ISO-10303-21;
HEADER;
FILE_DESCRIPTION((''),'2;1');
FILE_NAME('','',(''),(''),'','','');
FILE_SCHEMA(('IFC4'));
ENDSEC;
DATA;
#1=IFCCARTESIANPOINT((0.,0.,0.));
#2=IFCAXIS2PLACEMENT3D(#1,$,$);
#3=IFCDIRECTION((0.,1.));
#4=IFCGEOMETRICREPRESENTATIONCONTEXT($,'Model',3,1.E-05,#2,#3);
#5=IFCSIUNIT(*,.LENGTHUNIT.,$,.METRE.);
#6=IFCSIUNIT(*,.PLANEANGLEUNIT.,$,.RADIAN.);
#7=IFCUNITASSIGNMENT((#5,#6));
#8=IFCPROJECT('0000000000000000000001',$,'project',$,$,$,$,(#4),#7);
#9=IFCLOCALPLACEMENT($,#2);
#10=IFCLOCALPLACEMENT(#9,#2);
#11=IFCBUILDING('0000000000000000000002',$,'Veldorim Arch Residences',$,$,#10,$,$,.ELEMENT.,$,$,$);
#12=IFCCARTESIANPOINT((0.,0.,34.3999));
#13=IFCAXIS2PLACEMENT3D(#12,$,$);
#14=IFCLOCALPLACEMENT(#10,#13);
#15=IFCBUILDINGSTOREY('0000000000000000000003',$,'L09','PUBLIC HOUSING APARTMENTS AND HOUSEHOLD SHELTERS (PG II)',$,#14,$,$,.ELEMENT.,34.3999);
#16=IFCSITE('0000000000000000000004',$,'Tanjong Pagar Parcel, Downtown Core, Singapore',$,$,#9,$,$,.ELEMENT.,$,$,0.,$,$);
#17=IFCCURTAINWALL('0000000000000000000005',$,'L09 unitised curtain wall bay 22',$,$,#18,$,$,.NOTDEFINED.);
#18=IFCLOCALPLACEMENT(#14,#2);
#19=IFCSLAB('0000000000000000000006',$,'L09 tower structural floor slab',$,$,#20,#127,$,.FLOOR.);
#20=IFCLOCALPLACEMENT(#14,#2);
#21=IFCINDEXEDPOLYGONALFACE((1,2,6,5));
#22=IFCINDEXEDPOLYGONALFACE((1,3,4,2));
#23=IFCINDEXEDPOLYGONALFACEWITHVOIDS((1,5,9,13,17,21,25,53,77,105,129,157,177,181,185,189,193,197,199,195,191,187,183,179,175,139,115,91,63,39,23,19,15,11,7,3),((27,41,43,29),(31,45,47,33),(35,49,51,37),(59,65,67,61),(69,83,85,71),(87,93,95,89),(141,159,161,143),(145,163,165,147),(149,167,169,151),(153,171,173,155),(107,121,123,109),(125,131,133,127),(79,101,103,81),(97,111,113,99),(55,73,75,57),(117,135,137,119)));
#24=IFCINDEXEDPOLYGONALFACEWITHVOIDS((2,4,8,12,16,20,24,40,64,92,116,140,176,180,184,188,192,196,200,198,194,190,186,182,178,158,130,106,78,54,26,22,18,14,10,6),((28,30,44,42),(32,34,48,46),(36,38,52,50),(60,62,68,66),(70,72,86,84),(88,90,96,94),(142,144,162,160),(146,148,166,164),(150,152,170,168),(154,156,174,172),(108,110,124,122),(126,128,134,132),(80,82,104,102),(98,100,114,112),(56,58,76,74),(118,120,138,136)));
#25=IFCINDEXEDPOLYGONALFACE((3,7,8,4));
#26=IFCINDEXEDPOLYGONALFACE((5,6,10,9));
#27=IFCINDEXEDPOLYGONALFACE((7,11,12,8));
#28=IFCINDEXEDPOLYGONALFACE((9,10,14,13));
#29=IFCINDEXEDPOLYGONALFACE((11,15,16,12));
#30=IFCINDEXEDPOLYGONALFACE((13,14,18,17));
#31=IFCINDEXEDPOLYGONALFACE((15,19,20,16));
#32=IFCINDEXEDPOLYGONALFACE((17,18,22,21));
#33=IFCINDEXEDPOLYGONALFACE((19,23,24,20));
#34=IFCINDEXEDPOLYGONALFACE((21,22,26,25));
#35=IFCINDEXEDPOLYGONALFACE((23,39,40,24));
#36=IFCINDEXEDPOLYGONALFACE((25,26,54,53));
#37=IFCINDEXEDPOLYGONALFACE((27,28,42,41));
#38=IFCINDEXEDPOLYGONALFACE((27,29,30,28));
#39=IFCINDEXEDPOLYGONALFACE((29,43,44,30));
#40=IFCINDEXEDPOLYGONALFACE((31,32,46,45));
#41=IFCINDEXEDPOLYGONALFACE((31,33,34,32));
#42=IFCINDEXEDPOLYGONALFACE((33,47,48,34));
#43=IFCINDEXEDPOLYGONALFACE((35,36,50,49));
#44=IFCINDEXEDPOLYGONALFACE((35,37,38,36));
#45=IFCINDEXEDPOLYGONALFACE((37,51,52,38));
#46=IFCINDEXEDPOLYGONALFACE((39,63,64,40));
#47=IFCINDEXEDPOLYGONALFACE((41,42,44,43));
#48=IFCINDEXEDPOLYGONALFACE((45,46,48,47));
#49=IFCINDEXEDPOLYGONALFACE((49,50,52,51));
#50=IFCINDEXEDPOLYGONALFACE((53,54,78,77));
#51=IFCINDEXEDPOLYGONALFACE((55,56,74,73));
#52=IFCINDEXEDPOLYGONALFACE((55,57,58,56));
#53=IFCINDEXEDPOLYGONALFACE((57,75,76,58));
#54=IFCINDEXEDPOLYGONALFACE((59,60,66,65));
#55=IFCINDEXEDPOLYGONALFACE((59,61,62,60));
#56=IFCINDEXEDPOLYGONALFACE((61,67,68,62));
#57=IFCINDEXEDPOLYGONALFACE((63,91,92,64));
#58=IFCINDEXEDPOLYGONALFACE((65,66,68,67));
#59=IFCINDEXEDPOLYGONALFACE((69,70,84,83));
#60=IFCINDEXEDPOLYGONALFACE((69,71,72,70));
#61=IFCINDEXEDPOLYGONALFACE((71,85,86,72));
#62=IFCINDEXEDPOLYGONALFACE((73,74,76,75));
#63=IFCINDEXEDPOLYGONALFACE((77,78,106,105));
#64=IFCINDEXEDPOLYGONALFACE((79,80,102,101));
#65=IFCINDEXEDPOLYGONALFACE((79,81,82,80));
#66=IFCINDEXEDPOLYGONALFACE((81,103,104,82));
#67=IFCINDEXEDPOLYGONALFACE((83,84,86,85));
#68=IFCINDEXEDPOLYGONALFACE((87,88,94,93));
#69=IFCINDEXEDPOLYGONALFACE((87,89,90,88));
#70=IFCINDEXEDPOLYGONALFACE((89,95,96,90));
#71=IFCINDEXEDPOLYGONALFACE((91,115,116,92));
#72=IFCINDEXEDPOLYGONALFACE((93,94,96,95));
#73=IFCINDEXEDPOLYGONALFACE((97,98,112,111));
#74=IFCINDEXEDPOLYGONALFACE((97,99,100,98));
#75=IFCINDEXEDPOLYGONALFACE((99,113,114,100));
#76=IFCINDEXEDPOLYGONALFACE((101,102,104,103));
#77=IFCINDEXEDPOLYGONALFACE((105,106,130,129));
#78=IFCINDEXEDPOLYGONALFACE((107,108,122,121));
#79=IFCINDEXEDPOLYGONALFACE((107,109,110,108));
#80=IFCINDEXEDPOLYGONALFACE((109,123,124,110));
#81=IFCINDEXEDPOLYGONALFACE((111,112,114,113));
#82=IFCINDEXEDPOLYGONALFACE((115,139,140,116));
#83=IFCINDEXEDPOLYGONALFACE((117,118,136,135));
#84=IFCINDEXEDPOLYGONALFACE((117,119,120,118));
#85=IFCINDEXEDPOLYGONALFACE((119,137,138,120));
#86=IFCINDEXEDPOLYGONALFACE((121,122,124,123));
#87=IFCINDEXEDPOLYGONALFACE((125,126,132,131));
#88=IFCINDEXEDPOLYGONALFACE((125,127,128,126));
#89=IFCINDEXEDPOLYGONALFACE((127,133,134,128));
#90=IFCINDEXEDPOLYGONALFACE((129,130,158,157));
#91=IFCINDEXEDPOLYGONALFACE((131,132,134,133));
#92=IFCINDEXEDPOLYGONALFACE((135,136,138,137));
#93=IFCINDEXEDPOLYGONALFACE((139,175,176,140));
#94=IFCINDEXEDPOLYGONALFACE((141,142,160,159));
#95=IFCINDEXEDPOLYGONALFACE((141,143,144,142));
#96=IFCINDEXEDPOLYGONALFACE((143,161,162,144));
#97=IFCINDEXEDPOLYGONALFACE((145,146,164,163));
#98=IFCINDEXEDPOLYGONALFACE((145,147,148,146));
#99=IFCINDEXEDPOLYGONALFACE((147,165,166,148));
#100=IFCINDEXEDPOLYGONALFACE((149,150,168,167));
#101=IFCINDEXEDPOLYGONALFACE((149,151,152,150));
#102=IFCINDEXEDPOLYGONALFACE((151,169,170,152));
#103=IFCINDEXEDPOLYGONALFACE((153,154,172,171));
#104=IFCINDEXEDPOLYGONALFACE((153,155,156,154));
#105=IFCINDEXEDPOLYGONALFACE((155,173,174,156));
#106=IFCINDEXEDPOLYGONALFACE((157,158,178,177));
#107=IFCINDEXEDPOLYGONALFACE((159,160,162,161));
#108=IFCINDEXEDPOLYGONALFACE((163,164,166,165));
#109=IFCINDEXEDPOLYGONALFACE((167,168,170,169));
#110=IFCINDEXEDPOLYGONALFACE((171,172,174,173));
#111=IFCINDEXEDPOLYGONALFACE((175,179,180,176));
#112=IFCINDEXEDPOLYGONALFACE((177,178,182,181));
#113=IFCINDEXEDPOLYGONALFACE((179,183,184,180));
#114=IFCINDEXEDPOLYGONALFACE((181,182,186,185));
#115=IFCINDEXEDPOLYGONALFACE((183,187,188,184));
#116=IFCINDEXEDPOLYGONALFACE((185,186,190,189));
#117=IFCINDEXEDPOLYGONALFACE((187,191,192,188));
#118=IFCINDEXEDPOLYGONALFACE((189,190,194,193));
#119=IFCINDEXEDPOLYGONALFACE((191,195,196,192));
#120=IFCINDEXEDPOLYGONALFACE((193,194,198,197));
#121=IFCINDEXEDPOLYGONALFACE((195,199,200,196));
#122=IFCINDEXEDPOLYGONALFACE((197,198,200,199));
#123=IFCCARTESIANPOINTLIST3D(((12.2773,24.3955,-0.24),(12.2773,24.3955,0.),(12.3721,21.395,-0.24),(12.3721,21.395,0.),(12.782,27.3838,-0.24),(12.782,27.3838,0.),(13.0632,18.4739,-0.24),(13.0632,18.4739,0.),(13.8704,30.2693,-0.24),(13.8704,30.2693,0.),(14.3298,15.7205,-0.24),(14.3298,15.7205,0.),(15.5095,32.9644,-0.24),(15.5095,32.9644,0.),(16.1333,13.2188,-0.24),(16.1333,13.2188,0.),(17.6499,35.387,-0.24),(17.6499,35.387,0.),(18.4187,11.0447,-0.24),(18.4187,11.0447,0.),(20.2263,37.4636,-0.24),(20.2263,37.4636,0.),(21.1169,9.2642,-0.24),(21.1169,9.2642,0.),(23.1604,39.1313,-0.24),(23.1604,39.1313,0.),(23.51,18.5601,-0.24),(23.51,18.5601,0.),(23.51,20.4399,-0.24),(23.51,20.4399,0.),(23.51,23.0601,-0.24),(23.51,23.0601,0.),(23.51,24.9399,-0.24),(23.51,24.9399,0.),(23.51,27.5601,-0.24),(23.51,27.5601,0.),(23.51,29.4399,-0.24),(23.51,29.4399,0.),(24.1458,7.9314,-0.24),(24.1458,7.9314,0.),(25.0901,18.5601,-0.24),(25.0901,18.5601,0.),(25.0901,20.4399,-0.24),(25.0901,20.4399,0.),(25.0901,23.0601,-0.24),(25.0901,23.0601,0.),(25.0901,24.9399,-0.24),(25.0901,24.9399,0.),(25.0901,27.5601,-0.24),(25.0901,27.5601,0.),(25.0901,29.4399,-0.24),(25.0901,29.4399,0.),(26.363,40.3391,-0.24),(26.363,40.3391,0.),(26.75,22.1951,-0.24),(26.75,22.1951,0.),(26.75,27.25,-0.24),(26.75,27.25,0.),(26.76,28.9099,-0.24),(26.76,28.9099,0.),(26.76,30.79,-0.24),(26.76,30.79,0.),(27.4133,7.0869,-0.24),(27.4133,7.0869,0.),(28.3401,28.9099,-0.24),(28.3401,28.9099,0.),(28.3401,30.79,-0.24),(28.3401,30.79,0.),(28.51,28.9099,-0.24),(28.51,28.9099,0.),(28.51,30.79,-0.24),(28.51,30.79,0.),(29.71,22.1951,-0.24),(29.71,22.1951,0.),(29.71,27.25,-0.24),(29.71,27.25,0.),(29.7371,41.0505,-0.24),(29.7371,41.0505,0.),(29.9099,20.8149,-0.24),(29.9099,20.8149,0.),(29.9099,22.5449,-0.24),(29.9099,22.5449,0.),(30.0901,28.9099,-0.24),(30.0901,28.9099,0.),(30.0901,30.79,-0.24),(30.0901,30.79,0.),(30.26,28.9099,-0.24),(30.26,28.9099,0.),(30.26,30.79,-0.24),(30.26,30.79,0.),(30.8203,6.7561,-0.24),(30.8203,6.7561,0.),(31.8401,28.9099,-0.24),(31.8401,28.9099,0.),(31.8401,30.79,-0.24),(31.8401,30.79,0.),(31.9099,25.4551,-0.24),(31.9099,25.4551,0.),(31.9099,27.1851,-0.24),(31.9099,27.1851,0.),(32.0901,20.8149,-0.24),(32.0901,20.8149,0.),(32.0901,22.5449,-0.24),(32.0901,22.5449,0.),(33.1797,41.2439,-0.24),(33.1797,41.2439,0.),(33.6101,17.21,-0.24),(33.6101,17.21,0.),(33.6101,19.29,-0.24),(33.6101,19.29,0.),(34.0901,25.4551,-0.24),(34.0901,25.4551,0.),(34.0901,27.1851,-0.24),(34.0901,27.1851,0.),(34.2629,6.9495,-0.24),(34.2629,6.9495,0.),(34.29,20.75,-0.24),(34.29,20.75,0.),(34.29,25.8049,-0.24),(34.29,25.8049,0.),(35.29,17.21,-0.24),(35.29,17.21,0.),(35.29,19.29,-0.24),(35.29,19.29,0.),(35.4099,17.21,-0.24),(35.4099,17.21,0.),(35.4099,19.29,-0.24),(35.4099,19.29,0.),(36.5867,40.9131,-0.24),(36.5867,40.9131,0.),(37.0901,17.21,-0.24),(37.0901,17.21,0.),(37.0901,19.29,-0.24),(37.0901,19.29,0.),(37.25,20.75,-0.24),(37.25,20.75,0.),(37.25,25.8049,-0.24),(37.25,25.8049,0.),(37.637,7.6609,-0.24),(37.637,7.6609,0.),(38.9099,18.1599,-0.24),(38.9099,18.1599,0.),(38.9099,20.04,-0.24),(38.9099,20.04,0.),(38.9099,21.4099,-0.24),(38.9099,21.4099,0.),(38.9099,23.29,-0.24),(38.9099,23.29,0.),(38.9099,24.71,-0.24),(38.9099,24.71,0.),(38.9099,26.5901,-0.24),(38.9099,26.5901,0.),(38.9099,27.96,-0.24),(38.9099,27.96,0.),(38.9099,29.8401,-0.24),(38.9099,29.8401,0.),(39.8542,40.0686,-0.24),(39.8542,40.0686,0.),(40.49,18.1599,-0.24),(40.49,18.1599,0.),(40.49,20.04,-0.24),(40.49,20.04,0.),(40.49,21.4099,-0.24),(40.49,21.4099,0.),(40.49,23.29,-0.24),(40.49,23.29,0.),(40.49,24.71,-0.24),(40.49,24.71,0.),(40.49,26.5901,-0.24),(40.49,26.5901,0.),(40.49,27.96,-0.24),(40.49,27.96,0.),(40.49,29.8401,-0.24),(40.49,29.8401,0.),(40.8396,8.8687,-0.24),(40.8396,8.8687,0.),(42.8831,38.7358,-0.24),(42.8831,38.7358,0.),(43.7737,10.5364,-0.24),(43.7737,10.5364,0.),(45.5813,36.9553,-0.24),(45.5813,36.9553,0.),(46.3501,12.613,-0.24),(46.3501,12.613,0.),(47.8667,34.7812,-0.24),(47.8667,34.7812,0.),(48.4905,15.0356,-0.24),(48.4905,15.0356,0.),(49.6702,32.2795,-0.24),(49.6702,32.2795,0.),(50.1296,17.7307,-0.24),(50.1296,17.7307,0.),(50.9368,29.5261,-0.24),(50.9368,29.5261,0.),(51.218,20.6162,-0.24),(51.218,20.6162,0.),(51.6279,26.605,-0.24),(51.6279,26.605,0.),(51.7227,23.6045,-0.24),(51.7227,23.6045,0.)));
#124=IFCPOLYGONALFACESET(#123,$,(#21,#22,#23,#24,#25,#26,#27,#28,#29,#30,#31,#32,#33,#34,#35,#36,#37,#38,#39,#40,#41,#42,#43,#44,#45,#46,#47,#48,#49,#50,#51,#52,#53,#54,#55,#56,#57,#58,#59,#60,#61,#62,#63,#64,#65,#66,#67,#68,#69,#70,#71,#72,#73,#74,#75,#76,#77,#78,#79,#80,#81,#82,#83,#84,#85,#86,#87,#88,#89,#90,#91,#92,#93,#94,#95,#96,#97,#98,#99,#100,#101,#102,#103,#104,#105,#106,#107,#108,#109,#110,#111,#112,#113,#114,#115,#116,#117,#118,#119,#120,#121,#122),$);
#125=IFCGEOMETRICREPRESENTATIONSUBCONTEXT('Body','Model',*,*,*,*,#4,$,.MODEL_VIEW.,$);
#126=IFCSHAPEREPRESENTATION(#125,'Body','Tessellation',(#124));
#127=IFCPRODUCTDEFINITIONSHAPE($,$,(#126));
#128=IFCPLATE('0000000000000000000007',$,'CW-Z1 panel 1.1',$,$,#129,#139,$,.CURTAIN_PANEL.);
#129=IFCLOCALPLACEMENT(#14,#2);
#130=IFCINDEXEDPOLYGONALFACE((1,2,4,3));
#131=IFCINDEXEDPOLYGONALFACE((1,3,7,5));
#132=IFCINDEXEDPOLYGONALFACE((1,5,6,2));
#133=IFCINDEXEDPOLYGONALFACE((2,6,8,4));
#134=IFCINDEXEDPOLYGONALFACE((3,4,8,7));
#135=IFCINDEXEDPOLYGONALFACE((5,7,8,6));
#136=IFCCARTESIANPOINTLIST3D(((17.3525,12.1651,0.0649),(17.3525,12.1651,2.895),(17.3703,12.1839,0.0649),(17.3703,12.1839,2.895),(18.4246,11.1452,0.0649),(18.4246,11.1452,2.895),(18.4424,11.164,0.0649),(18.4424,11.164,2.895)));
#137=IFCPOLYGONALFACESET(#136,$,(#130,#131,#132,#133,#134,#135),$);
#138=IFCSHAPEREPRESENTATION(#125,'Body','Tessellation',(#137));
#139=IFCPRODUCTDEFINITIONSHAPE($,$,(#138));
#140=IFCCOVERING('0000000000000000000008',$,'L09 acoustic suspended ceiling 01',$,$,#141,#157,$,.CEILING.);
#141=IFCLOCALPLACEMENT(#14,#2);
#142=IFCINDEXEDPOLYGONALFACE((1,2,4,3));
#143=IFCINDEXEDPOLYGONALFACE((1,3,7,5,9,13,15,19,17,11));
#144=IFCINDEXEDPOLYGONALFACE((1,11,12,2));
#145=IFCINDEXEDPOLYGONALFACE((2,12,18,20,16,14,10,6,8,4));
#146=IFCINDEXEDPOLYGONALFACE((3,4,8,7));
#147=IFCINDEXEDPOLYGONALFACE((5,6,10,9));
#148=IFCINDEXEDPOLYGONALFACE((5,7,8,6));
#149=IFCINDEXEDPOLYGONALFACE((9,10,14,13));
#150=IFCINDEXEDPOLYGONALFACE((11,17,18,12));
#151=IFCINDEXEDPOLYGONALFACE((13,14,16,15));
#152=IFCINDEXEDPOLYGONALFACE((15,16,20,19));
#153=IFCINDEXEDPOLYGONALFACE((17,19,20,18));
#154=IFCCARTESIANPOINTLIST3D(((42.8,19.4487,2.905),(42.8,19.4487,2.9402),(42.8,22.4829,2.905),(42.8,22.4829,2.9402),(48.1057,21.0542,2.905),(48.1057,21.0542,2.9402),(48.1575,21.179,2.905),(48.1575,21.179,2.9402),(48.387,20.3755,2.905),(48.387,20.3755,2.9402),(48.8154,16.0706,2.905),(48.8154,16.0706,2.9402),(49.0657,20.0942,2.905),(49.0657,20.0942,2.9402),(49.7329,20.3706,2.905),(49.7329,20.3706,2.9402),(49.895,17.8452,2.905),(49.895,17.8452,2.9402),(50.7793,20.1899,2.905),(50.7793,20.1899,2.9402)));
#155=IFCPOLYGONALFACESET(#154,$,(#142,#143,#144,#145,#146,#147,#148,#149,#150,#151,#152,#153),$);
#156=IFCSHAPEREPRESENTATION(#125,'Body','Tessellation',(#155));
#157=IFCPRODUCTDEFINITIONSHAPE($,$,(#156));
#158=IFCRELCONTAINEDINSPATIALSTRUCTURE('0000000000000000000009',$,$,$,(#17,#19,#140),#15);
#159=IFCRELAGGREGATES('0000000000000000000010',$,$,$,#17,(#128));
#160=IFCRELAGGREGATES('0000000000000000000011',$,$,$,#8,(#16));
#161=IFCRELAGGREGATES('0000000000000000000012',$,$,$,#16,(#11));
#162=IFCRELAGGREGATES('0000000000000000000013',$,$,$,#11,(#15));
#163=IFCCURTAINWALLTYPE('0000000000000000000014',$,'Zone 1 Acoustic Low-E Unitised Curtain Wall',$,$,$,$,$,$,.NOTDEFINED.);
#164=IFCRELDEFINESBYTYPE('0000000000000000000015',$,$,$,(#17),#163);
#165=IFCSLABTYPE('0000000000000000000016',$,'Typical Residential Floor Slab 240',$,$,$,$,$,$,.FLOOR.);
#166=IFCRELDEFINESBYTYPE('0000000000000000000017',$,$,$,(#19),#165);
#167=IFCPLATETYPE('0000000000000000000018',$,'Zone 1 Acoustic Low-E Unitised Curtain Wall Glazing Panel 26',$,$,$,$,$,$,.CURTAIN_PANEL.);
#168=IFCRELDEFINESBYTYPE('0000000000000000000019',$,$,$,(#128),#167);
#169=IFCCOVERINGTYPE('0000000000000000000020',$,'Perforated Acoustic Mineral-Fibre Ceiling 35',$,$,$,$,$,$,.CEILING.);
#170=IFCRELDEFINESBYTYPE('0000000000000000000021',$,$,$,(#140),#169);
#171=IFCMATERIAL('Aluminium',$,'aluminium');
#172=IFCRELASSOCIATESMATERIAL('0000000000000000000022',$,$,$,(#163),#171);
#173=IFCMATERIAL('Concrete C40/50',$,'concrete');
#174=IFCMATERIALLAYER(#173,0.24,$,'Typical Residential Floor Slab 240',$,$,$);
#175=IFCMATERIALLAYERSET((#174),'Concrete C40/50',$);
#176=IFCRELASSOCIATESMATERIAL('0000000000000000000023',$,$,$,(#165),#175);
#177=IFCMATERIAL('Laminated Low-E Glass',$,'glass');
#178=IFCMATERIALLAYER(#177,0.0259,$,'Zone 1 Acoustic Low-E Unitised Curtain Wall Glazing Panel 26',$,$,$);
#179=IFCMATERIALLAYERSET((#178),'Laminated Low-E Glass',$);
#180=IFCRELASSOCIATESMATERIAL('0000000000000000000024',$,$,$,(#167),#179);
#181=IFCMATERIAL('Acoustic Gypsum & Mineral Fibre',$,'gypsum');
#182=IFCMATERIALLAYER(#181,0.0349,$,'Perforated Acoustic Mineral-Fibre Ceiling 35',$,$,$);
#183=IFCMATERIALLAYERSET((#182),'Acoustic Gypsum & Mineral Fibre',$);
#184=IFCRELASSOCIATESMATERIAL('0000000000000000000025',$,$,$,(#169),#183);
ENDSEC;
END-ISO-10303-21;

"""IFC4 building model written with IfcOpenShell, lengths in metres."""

from ifc_helpers import new_model, si_unit, direction, frame, origin, origin_2d, place, context, subcontext, project, spatial, polyline, rectangle, outline, extrude, material, layer, layer_set, type_object, element, aggregate, save


model = new_model("IFC4")

# Units and contexts
model_context = context("Model", 3, precision=1e-05, world=origin(), true_north=direction((0.0, 1.0)))
body_context = subcontext(model_context, "Body", "Model", "MODEL_VIEW")
ifc_project = project(units=[si_unit("LENGTHUNIT", "METRE"), si_unit("PLANEANGLEUNIT", "RADIAN")], contexts=[model_context])

# Site, building, storey
site_placement = place(None, origin())
site = spatial("IfcSite", under=ifc_project, at=site_placement, Name="Tanjong Pagar Parcel, Downtown Core, Singapore", CompositionType="ELEMENT", RefElevation=0.0)
building_placement = place(site_placement, origin())
building = spatial("IfcBuilding", under=site, at=building_placement, Name="Veldorim Arch Residences", CompositionType="ELEMENT")
storey_placement = place(building_placement, frame((0.0, 0.0, 34.3999)))
storey = spatial("IfcBuildingStorey", under=building, at=storey_placement, Name="L09", Description="PUBLIC HOUSING APARTMENTS AND HOUSEHOLD SHELTERS (PG II)", CompositionType="ELEMENT", Elevation=34.3999)

# Curtain wall
ifc_material_1 = material(Name="Aluminium", Category="aluminium")
curtain_wall_type = type_object("IfcCurtainWallType", Name="Zone 1 Acoustic Low-E Unitised Curtain Wall", PredefinedType="NOTDEFINED", material=ifc_material_1)
curtain_wall_placement = place(storey_placement, origin())
curtain_wall = element("IfcCurtainWall", 1, at=curtain_wall_placement, inside=storey, type_object=curtain_wall_type, Name="L09 unitised curtain wall bay 22", PredefinedType="NOTDEFINED")

# Slab
ifc_material_2 = material(Name="Concrete C40/50", Category="concrete")
ifc_layer_1 = layer(ifc_material_2, 0.24, Name="Typical Residential Floor Slab 240")
ifc_layer_set_1 = layer_set([ifc_layer_1], Name="Concrete C40/50")
slab_type_1 = type_object("IfcSlabType", Name="Typical Residential Floor Slab 240", PredefinedType="FLOOR", material=ifc_layer_set_1)
slab_1_placement = place(storey_placement, frame((0.0, 0.0, -0.24)))
element("IfcSlab", 2, at=slab_1_placement, inside=storey, type_object=slab_type_1, Name="L09 tower structural floor slab", PredefinedType="FLOOR", context=body_context, shape_type="SweptSolid", body=[
    extrude(outline(polyline([(51.6279, 26.605), (50.9368, 29.5261), (49.6702, 32.2795), (47.8667, 34.7812), (45.5813, 36.9553), (42.8831, 38.7358), (39.8542, 40.0686), (36.5867, 40.9131), (33.1797, 41.2439), (29.7371, 41.0505), (26.363, 40.3391), (23.1604, 39.1313), (20.2263, 37.4636), (17.6499, 35.387), (15.5095, 32.9644), (13.8704, 30.2693), (12.782, 27.3838), (12.2773, 24.3955), (12.3721, 21.395), (13.0632, 18.4739), (14.3298, 15.7205), (16.1333, 13.2188), (18.4187, 11.0447), (21.1169, 9.2642), (24.1458, 7.9314), (27.4133, 7.0869), (30.8203, 6.7561), (34.2629, 6.9495), (37.637, 7.6609), (40.8396, 8.8687), (43.7737, 10.5364), (46.3501, 12.613), (48.4905, 15.0356), (50.1296, 17.7307), (51.218, 20.6162), (51.7227, 23.6045), (51.6279, 26.605)]), holes=[polyline([(23.51, 20.4399), (25.0901, 20.4399), (25.0901, 18.5601), (23.51, 18.5601), (23.51, 20.4399)]), polyline([(29.9099, 22.5449), (32.0901, 22.5449), (32.0901, 20.8149), (29.9099, 20.8149), (29.9099, 22.5449)]), polyline([(23.51, 24.9399), (25.0901, 24.9399), (25.0901, 23.0601), (23.51, 23.0601), (23.51, 24.9399)]), polyline([(26.75, 27.25), (29.71, 27.25), (29.71, 22.1951), (26.75, 22.1951), (26.75, 27.25)]), polyline([(23.51, 29.4399), (25.0901, 29.4399), (25.0901, 27.5601), (23.51, 27.5601), (23.51, 29.4399)]), polyline([(26.76, 30.79), (28.3401, 30.79), (28.3401, 28.9099), (26.76, 28.9099), (26.76, 30.79)]), polyline([(28.51, 30.79), (30.0901, 30.79), (30.0901, 28.9099), (28.51, 28.9099), (28.51, 30.79)]), polyline([(30.26, 30.79), (31.8401, 30.79), (31.8401, 28.9099), (30.26, 28.9099), (30.26, 30.79)]), polyline([(33.6101, 19.29), (35.29, 19.29), (35.29, 17.21), (33.6101, 17.21), (33.6101, 19.29)]), polyline([(35.4099, 19.29), (37.0901, 19.29), (37.0901, 17.21), (35.4099, 17.21), (35.4099, 19.29)]), polyline([(38.9099, 20.04), (40.49, 20.04), (40.49, 18.1599), (38.9099, 18.1599), (38.9099, 20.04)]), polyline([(38.9099, 23.29), (40.49, 23.29), (40.49, 21.4099), (38.9099, 21.4099), (38.9099, 23.29)]), polyline([(34.29, 25.8049), (37.25, 25.8049), (37.25, 20.75), (34.29, 20.75), (34.29, 25.8049)]), polyline([(38.9099, 26.5901), (40.49, 26.5901), (40.49, 24.71), (38.9099, 24.71), (38.9099, 26.5901)]), polyline([(31.9099, 27.1851), (34.0901, 27.1851), (34.0901, 25.4551), (31.9099, 25.4551), (31.9099, 27.1851)]), polyline([(38.9099, 29.8401), (40.49, 29.8401), (40.49, 27.96), (38.9099, 27.96), (38.9099, 29.8401)])]), origin(), (0.0, 0.0, 1.0), 0.24),
])

# Plate
ifc_material_3 = material(Name="Laminated Low-E Glass", Category="glass")
ifc_layer_2 = layer(ifc_material_3, 0.0259, Name="Zone 1 Acoustic Low-E Unitised Curtain Wall Glazing Panel 26")
ifc_layer_set_2 = layer_set([ifc_layer_2], Name="Laminated Low-E Glass")
plate_type = type_object("IfcPlateType", Name="Zone 1 Acoustic Low-E Unitised Curtain Wall Glazing Panel 26", PredefinedType="CURTAIN_PANEL", material=ifc_layer_set_2)
plate_placement = place(storey_placement, frame((17.8975, 11.6646, 0.0649), z_axis=(0.0, 0.0, 1.0), x_axis=(-0.724528, 0.689245, 0.0)))
plate = element("IfcPlate", 3, at=plate_placement, type_object=plate_type, Name="CW-Z1 panel 1.1", PredefinedType="CURTAIN_PANEL", context=body_context, shape_type="SweptSolid", body=[
    extrude(rectangle(XDim=1.4797, YDim=0.0259, at=origin_2d()), origin(), (0.0, 0.0, 1.0), 2.8301),
])
aggregate(curtain_wall, [plate])

# Covering
ifc_material_4 = material(Name="Acoustic Gypsum & Mineral Fibre", Category="gypsum")
ifc_layer_3 = layer(ifc_material_4, 0.0349, Name="Perforated Acoustic Mineral-Fibre Ceiling 35")
ifc_layer_set_3 = layer_set([ifc_layer_3], Name="Acoustic Gypsum & Mineral Fibre")
covering_type_1 = type_object("IfcCoveringType", Name="Perforated Acoustic Mineral-Fibre Ceiling 35", PredefinedType="CEILING", material=ifc_layer_set_3)
covering_1_placement = place(storey_placement, frame((0.0, 0.0, 2.905)))
element("IfcCovering", 4, at=covering_1_placement, inside=storey, type_object=covering_type_1, Name="L09 acoustic suspended ceiling 01", PredefinedType="CEILING", context=body_context, shape_type="SweptSolid", body=[
    extrude(outline(polyline([(49.0657, 20.0942), (49.7329, 20.3706), (50.7793, 20.1899), (49.895, 17.8452), (48.8154, 16.0706), (42.8, 19.4487), (42.8, 22.4829), (48.1575, 21.179), (48.1057, 21.0542), (48.387, 20.3755), (49.0657, 20.0942)])), origin(), (0.0, 0.0, 1.0), 0.0352),
])

save(model, "model.ifc")
